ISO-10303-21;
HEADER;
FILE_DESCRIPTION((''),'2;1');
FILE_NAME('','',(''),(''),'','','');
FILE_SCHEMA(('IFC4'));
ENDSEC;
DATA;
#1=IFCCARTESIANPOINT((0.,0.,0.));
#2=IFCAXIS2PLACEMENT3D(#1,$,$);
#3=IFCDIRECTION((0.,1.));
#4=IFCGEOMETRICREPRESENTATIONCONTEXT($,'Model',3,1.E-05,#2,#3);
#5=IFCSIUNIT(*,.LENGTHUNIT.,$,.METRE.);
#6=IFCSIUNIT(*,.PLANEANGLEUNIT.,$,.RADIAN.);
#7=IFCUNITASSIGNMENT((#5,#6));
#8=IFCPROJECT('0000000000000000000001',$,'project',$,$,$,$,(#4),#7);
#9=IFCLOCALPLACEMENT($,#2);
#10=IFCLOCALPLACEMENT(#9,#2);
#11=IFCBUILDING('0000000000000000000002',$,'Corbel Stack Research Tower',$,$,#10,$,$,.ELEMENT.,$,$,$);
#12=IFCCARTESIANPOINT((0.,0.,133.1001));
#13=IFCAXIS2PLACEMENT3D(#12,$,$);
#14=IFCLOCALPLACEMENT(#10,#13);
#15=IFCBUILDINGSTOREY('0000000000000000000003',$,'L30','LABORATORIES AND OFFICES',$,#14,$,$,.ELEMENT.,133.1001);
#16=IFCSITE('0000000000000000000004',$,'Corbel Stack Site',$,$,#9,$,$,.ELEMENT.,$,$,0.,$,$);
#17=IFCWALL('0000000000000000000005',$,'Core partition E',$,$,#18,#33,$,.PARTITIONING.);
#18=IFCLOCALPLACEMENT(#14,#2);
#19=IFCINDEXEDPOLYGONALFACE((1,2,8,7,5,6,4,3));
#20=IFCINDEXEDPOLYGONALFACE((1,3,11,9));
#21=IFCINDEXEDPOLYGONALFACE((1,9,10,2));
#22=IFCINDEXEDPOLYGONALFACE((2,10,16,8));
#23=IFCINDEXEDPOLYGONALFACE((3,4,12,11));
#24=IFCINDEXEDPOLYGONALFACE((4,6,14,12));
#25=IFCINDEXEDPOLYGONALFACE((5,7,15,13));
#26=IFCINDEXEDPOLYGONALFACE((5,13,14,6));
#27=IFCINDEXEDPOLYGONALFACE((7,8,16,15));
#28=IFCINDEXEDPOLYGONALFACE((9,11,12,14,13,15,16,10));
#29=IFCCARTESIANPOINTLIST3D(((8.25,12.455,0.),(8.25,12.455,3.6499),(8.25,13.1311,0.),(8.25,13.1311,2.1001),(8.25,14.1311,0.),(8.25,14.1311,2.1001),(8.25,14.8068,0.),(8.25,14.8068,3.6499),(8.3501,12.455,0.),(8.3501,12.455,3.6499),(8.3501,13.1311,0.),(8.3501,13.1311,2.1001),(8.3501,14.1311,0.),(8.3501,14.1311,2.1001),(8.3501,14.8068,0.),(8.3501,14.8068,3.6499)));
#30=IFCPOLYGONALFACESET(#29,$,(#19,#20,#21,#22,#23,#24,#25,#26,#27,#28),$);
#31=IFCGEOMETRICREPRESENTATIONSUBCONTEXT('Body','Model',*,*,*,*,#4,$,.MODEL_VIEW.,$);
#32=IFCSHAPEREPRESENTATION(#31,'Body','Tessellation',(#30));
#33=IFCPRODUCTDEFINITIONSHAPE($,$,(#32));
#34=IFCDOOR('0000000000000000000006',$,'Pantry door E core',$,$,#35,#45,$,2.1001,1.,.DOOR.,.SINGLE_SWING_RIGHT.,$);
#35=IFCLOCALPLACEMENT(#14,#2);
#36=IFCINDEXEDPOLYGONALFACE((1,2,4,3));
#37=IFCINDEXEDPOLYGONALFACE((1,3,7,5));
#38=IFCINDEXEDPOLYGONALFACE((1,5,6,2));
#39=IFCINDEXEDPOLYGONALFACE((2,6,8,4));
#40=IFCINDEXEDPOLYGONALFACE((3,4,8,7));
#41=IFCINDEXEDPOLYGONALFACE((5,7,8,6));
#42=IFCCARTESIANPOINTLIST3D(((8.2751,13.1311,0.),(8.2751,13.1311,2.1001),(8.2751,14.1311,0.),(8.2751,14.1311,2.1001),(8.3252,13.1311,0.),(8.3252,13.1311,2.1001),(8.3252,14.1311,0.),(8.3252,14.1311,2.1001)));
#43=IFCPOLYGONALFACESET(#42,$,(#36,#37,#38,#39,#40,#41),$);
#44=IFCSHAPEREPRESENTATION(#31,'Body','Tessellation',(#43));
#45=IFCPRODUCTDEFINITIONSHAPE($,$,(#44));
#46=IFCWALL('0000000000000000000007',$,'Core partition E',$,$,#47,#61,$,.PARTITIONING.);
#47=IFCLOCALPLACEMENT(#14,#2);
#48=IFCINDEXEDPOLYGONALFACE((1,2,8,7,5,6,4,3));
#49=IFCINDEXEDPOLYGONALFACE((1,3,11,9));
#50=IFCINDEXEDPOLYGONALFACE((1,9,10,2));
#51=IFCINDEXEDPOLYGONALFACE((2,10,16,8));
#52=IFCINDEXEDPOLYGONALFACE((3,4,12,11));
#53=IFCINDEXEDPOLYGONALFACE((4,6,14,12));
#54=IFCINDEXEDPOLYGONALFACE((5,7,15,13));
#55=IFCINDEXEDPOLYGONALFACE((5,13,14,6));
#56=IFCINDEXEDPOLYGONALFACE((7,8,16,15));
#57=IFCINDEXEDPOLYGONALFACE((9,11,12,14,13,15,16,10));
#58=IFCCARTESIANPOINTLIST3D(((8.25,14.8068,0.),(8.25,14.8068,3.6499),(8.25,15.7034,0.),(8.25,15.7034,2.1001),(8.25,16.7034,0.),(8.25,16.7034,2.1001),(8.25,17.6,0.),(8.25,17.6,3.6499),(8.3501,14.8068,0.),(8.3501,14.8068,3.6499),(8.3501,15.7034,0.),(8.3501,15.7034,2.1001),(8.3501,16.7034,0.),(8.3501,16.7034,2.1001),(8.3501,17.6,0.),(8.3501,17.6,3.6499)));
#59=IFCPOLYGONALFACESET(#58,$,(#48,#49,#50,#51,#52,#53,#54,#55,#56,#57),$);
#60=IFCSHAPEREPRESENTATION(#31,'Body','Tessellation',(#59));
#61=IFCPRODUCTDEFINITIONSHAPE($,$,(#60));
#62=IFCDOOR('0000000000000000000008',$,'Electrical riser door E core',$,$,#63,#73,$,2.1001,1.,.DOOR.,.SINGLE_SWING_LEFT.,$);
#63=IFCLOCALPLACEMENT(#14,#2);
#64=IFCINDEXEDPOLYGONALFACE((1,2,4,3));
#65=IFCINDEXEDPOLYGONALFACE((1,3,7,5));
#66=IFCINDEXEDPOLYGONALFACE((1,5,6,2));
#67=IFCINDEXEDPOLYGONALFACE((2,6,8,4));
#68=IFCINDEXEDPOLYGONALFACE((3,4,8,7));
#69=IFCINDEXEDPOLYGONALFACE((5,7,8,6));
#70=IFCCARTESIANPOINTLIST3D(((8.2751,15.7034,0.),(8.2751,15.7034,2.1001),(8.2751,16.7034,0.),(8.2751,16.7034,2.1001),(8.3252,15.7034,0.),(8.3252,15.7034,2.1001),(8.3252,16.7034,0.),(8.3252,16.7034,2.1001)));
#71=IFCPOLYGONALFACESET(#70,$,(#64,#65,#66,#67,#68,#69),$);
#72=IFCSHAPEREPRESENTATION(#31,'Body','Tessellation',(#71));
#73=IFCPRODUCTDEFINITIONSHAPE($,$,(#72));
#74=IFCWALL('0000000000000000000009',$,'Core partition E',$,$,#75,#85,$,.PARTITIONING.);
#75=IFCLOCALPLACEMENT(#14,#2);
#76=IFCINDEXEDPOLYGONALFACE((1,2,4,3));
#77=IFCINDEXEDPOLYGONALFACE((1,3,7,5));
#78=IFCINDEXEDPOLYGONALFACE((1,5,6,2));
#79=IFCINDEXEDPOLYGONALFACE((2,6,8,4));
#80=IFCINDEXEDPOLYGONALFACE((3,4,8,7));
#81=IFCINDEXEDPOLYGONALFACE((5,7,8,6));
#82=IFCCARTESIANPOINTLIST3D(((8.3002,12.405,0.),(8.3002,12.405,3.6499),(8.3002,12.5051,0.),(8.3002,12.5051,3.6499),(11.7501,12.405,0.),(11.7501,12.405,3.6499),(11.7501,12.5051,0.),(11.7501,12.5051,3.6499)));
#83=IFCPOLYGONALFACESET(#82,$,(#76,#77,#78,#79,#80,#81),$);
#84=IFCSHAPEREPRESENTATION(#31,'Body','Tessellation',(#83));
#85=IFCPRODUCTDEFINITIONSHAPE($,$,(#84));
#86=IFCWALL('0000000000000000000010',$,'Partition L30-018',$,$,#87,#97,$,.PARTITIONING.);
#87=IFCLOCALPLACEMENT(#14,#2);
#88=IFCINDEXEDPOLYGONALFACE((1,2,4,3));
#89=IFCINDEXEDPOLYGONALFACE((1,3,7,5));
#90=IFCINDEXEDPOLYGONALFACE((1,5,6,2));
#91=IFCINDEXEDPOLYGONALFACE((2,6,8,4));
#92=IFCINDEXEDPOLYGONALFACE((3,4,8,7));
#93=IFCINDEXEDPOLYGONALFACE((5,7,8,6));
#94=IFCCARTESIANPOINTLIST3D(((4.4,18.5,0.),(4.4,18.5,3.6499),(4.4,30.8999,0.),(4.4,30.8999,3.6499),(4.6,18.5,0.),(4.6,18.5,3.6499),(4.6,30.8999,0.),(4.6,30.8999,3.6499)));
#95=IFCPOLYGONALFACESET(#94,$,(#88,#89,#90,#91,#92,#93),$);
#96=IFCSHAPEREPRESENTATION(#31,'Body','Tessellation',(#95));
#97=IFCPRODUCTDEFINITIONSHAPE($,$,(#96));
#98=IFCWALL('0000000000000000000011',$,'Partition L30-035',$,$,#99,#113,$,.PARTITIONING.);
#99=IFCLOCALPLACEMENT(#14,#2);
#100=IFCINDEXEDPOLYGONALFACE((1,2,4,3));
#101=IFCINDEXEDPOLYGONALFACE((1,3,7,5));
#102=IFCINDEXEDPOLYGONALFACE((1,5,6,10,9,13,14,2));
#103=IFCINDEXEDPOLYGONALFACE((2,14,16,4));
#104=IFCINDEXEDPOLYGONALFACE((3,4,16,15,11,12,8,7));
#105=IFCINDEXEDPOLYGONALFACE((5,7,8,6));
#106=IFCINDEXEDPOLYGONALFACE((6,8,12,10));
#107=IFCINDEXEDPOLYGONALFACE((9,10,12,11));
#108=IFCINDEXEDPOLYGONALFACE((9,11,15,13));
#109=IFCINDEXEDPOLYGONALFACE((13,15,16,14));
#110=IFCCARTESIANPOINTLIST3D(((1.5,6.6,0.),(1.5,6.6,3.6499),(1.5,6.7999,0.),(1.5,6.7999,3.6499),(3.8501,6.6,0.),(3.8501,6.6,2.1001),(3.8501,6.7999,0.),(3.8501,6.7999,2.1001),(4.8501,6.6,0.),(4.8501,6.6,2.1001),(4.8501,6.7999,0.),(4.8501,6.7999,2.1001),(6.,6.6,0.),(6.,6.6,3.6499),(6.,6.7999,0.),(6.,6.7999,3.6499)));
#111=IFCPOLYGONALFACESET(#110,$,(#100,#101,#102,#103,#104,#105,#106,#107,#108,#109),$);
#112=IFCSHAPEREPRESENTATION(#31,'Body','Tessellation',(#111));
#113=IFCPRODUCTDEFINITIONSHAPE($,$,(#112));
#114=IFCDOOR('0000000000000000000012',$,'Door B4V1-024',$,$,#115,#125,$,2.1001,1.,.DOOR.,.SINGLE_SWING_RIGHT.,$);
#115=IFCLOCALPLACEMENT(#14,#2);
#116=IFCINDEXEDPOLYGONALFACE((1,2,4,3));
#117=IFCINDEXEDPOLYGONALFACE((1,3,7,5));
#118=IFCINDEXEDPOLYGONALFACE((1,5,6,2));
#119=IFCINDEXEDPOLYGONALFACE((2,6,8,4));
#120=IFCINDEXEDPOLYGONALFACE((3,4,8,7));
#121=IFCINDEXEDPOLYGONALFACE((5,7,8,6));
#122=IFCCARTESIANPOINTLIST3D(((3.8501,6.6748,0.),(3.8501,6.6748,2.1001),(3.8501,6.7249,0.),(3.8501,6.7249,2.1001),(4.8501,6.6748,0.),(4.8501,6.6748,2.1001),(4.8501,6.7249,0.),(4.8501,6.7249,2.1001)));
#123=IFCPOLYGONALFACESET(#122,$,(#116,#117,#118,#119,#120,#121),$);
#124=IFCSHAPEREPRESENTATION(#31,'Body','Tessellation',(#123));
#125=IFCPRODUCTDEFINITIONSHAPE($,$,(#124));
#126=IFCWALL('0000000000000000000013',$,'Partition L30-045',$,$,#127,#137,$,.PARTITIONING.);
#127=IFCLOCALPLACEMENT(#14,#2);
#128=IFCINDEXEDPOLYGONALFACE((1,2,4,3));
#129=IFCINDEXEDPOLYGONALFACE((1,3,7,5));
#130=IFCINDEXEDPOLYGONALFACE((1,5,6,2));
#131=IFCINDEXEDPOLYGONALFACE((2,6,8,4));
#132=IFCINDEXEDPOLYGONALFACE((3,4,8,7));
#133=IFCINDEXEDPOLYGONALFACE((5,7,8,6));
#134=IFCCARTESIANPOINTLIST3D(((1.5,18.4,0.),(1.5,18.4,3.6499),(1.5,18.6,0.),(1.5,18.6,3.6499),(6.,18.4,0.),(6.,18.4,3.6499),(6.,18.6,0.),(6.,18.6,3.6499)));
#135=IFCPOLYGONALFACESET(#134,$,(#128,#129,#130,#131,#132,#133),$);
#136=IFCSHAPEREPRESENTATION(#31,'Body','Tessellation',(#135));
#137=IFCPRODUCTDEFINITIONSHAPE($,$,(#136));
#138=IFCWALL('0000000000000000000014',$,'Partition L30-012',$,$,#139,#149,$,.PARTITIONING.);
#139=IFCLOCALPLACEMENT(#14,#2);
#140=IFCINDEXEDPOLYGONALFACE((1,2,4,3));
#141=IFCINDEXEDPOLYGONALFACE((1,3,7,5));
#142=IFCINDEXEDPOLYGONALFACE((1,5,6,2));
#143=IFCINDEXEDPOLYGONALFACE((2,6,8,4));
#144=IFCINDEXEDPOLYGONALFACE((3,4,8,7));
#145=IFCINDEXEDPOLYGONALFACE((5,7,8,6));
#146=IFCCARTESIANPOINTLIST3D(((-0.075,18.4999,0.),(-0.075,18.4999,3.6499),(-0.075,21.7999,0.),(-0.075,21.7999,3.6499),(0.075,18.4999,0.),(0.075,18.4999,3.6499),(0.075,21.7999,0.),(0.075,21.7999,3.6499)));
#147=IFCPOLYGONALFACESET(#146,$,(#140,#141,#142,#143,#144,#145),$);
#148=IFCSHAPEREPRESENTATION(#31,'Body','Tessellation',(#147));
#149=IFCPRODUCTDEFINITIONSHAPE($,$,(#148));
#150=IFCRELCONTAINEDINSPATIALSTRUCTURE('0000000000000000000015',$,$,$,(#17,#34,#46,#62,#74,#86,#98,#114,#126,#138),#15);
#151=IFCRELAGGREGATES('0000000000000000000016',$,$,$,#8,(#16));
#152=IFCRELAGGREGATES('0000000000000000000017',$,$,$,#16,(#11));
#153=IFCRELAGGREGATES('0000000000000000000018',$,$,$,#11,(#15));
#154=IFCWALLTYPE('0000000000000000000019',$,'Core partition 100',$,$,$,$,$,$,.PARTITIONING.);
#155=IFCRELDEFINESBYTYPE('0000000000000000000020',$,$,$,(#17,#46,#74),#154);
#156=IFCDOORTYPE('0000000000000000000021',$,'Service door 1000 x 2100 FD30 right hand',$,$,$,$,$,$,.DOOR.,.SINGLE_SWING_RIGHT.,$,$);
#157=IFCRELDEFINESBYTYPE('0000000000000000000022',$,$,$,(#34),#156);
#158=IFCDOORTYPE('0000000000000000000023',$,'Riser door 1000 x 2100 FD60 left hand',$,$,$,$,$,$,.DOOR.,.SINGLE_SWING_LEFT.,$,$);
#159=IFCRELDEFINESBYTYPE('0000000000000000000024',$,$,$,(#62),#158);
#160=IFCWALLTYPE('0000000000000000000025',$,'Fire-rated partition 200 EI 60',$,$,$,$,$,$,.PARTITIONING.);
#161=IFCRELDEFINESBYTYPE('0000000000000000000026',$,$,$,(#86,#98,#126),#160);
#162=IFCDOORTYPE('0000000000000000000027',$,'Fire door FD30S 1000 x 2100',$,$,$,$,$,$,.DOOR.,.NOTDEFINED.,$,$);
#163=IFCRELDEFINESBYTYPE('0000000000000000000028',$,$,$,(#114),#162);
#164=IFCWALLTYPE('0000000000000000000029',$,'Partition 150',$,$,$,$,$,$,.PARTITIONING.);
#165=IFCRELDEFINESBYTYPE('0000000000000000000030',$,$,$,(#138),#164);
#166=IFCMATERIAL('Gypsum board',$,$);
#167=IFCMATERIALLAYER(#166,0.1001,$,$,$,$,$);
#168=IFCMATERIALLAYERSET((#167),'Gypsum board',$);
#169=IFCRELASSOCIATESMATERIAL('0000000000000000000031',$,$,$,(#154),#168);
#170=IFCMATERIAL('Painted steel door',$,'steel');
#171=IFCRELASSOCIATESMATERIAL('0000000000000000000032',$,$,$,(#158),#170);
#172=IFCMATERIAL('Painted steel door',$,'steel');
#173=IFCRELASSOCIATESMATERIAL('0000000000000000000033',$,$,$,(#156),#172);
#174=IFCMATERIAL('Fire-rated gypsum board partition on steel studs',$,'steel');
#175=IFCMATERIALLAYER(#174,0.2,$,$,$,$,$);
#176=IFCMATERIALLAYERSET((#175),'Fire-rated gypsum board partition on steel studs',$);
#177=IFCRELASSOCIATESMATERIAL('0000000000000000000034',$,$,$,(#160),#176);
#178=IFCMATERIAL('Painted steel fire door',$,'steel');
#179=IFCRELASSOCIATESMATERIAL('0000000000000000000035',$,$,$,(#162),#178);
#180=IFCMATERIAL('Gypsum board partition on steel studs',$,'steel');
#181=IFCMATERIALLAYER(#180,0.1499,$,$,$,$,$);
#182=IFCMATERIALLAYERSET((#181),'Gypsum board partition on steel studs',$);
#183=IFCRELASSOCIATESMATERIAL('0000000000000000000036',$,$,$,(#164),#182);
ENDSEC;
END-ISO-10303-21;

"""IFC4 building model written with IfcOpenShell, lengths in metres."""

from ifc_helpers import new_model, si_unit, direction, frame, frame_2d, origin, place, context, subcontext, project, spatial, rectangle, extrude, material, layer, layer_set, type_object, element, fill, save


model = new_model("IFC4")

# Units and contexts
model_context = context("Model", 3, precision=1e-05, world=origin(), true_north=direction((0.0, 1.0)))
body_context = subcontext(model_context, "Body", "Model", "MODEL_VIEW")
ifc_project = project(units=[si_unit("LENGTHUNIT", "METRE"), si_unit("PLANEANGLEUNIT", "RADIAN")], contexts=[model_context])

# Site, building, storey
site_placement = place(None, origin())
site = spatial("IfcSite", under=ifc_project, at=site_placement, Name="Corbel Stack Site", CompositionType="ELEMENT", RefElevation=0.0)
building_placement = place(site_placement, origin())
building = spatial("IfcBuilding", under=site, at=building_placement, Name="Corbel Stack Research Tower", CompositionType="ELEMENT")
storey_placement = place(building_placement, frame((0.0, 0.0, 133.1001)))
storey = spatial("IfcBuildingStorey", under=building, at=storey_placement, Name="L30", Description="LABORATORIES AND OFFICES", CompositionType="ELEMENT", Elevation=133.1001)

# Walls, openings, doors
ifc_material_1 = material(Name="Gypsum board")
ifc_layer_1 = layer(ifc_material_1, 0.1001)
ifc_layer_set_1 = layer_set([ifc_layer_1], Name="Gypsum board")
wall_type_1 = type_object("IfcWallType", Name="Core partition 100", PredefinedType="PARTITIONING", material=ifc_layer_set_1)
ifc_material_2 = material(Name="Painted steel door", Category="steel")
door_type_1 = type_object("IfcDoorType", Name="Riser door 1000 x 2100 FD60 left hand", OperationType="SINGLE_SWING_LEFT", PredefinedType="DOOR", material=ifc_material_2)
wall_1_placement = place(storey_placement, frame((8.3, 12.4551, 0.0), z_axis=(0.0, 0.0, 1.0), x_axis=(0.0, 1.0, 0.0)))
wall_1 = element("IfcWall", 1, at=wall_1_placement, inside=storey, type_object=wall_type_1, Name="Core partition E", PredefinedType="PARTITIONING", context=body_context, shape_type="SweptSolid", body=[
    extrude(rectangle(XDim=2.3518, YDim=0.1001, at=frame_2d((1.1758, 0.0))), origin(), (0.0, 0.0, 1.0), 3.6499),
])
opening_1_placement = place(wall_1_placement, frame((0.676, 0.0, 0.0)))
opening_1 = element("IfcOpeningElement", 2, at=opening_1_placement, cuts=wall_1, PredefinedType="OPENING", context=body_context, shape_type="SweptSolid", body=[
    extrude(rectangle(XDim=1.0, YDim=2.1001, at=frame_2d((0.5, 1.05))), frame((0.0, 0.0601, 0.0), z_axis=(0.0, -1.0, 0.0), x_axis=(1.0, 0.0, 0.0)), (0.0, 0.0, 1.0), 0.1201),
])
ifc_material_3 = material(Name="Painted steel door", Category="steel")
door_type_2 = type_object("IfcDoorType", Name="Service door 1000 x 2100 FD30 right hand", OperationType="SINGLE_SWING_RIGHT", PredefinedType="DOOR", material=ifc_material_3)
door_1_placement = place(opening_1_placement, origin())
door_1 = element("IfcDoor", 3, at=door_1_placement, inside=storey, type_object=door_type_2, Name="Pantry door E core", OperationType="SINGLE_SWING_RIGHT", OverallHeight=2.1001, OverallWidth=1.0, PredefinedType="DOOR", context=body_context, shape_type="SweptSolid", body=[
    extrude(rectangle(XDim=1.0, YDim=2.1001, at=frame_2d((0.5, 1.05))), frame((0.0, 0.0249, 0.0), z_axis=(0.0, -1.0, 0.0), x_axis=(1.0, 0.0, 0.0)), (0.0, 0.0, 1.0), 0.05),
])
fill(opening_1, door_1)
wall_2_placement = place(storey_placement, frame((8.3, 14.8069, 0.0), z_axis=(0.0, 0.0, 1.0), x_axis=(0.0, 1.0, 0.0)))
wall_2 = element("IfcWall", 4, at=wall_2_placement, inside=storey, type_object=wall_type_1, Name="Core partition E", PredefinedType="PARTITIONING", context=body_context, shape_type="SweptSolid", body=[
    extrude(rectangle(XDim=2.7932, YDim=0.1001, at=frame_2d((1.3965, 0.0))), origin(), (0.0, 0.0, 1.0), 3.6499),
])
opening_2_placement = place(wall_2_placement, frame((0.8965, 0.0, 0.0)))
opening_2 = element("IfcOpeningElement", 5, at=opening_2_placement, cuts=wall_2, PredefinedType="OPENING", context=body_context, shape_type="SweptSolid", body=[
    extrude(rectangle(XDim=1.0, YDim=2.1001, at=frame_2d((0.5, 1.05))), frame((0.0, 0.0601, 0.0), z_axis=(0.0, -1.0, 0.0), x_axis=(1.0, 0.0, 0.0)), (0.0, 0.0, 1.0), 0.1201),
])
door_2_placement = place(opening_2_placement, origin())
door_2 = element("IfcDoor", 6, at=door_2_placement, inside=storey, type_object=door_type_1, Name="Electrical riser door E core", OperationType="SINGLE_SWING_LEFT", OverallHeight=2.1001, OverallWidth=1.0, PredefinedType="DOOR", context=body_context, shape_type="SweptSolid", body=[
    extrude(rectangle(XDim=1.0, YDim=2.1001, at=frame_2d((0.5, 1.05))), frame((0.0, 0.0249, 0.0), z_axis=(0.0, -1.0, 0.0), x_axis=(1.0, 0.0, 0.0)), (0.0, 0.0, 1.0), 0.05),
])
fill(opening_2, door_2)

# Walls
wall_3_placement = place(storey_placement, frame((8.3, 12.4551, 0.0), z_axis=(0.0, 0.0, 1.0), x_axis=(1.0, 0.0, 0.0)))
element("IfcWall", 7, at=wall_3_placement, inside=storey, type_object=wall_type_1, Name="Core partition E", PredefinedType="PARTITIONING", context=body_context, shape_type="SweptSolid", body=[
    extrude(rectangle(XDim=3.45, YDim=0.1001, at=frame_2d((1.7251, 0.0))), origin(), (0.0, 0.0, 1.0), 3.6499),
])
ifc_material_4 = material(Name="Fire-rated gypsum board partition on steel studs", Category="steel")
ifc_layer_2 = layer(ifc_material_4, 0.2)
ifc_layer_set_2 = layer_set([ifc_layer_2], Name="Fire-rated gypsum board partition on steel studs")
wall_type_2 = type_object("IfcWallType", Name="Fire-rated partition 200 EI 60", PredefinedType="PARTITIONING", material=ifc_layer_set_2)
wall_4_placement = place(storey_placement, frame((4.5, 18.5, 0.0), z_axis=(0.0, 0.0, 1.0), x_axis=(0.0, 1.0, 0.0)))
element("IfcWall", 8, at=wall_4_placement, inside=storey, type_object=wall_type_2, Name="Partition L30-018", PredefinedType="PARTITIONING", context=body_context, shape_type="SweptSolid", body=[
    extrude(rectangle(XDim=12.3999, YDim=0.2, at=frame_2d((6.2, 0.0))), origin(), (0.0, 0.0, 1.0), 3.6499),
])

# Wall, opening, door
wall_5_placement = place(storey_placement, frame((1.5, 6.7, 0.0), z_axis=(0.0, 0.0, 1.0), x_axis=(1.0, 0.0, 0.0)))
wall_5 = element("IfcWall", 9, at=wall_5_placement, inside=storey, type_object=wall_type_2, Name="Partition L30-035", PredefinedType="PARTITIONING", context=body_context, shape_type="SweptSolid", body=[
    extrude(rectangle(XDim=4.5, YDim=0.2, at=frame_2d((2.25, 0.0))), origin(), (0.0, 0.0, 1.0), 3.6499),
])
opening_3_placement = place(wall_5_placement, frame((2.3501, 0.0, 0.0)))
opening_3 = element("IfcOpeningElement", 10, at=opening_3_placement, cuts=wall_5, PredefinedType="OPENING", context=body_context, shape_type="SweptSolid", body=[
    extrude(rectangle(XDim=1.0, YDim=2.1001, at=frame_2d((0.5, 1.05))), frame((0.0, 0.1099, 0.0), z_axis=(0.0, -1.0, 0.0), x_axis=(1.0, 0.0, 0.0)), (0.0, 0.0, 1.0), 0.22),
])
ifc_material_5 = material(Name="Painted steel fire door", Category="steel")
door_type_3 = type_object("IfcDoorType", Name="Fire door FD30S 1000 x 2100", OperationType="NOTDEFINED", PredefinedType="DOOR", material=ifc_material_5)
door_3_placement = place(opening_3_placement, origin())
door_3 = element("IfcDoor", 11, at=door_3_placement, inside=storey, type_object=door_type_3, Name="Door B4V1-024", OperationType="SINGLE_SWING_RIGHT", OverallHeight=2.1001, OverallWidth=1.0, PredefinedType="DOOR", context=body_context, shape_type="SweptSolid", body=[
    extrude(rectangle(XDim=1.0, YDim=2.1001, at=frame_2d((0.5, 1.05))), frame((0.0, 0.0249, 0.0), z_axis=(0.0, -1.0, 0.0), x_axis=(1.0, 0.0, 0.0)), (0.0, 0.0, 1.0), 0.05),
])
fill(opening_3, door_3)

# Walls
wall_6_placement = place(storey_placement, frame((1.5, 18.5, 0.0), z_axis=(0.0, 0.0, 1.0), x_axis=(1.0, 0.0, 0.0)))
element("IfcWall", 12, at=wall_6_placement, inside=storey, type_object=wall_type_2, Name="Partition L30-045", PredefinedType="PARTITIONING", context=body_context, shape_type="SweptSolid", body=[
    extrude(rectangle(XDim=4.5, YDim=0.2, at=frame_2d((2.25, 0.0))), origin(), (0.0, 0.0, 1.0), 3.6499),
])
ifc_material_6 = material(Name="Gypsum board partition on steel studs", Category="steel")
ifc_layer_3 = layer(ifc_material_6, 0.1499)
ifc_layer_set_3 = layer_set([ifc_layer_3], Name="Gypsum board partition on steel studs")
wall_type_3 = type_object("IfcWallType", Name="Partition 150", PredefinedType="PARTITIONING", material=ifc_layer_set_3)
wall_7_placement = place(storey_placement, frame((0.0, 18.5, 0.0), z_axis=(0.0, 0.0, 1.0), x_axis=(0.0, 1.0, 0.0)))
element("IfcWall", 13, at=wall_7_placement, inside=storey, type_object=wall_type_3, Name="Partition L30-012", PredefinedType="PARTITIONING", context=body_context, shape_type="SweptSolid", body=[
    extrude(rectangle(XDim=3.3, YDim=0.1499, at=frame_2d((1.6499, 0.0))), origin(), (0.0, 0.0, 1.0), 3.6499),
])

save(model, "model.ifc")
